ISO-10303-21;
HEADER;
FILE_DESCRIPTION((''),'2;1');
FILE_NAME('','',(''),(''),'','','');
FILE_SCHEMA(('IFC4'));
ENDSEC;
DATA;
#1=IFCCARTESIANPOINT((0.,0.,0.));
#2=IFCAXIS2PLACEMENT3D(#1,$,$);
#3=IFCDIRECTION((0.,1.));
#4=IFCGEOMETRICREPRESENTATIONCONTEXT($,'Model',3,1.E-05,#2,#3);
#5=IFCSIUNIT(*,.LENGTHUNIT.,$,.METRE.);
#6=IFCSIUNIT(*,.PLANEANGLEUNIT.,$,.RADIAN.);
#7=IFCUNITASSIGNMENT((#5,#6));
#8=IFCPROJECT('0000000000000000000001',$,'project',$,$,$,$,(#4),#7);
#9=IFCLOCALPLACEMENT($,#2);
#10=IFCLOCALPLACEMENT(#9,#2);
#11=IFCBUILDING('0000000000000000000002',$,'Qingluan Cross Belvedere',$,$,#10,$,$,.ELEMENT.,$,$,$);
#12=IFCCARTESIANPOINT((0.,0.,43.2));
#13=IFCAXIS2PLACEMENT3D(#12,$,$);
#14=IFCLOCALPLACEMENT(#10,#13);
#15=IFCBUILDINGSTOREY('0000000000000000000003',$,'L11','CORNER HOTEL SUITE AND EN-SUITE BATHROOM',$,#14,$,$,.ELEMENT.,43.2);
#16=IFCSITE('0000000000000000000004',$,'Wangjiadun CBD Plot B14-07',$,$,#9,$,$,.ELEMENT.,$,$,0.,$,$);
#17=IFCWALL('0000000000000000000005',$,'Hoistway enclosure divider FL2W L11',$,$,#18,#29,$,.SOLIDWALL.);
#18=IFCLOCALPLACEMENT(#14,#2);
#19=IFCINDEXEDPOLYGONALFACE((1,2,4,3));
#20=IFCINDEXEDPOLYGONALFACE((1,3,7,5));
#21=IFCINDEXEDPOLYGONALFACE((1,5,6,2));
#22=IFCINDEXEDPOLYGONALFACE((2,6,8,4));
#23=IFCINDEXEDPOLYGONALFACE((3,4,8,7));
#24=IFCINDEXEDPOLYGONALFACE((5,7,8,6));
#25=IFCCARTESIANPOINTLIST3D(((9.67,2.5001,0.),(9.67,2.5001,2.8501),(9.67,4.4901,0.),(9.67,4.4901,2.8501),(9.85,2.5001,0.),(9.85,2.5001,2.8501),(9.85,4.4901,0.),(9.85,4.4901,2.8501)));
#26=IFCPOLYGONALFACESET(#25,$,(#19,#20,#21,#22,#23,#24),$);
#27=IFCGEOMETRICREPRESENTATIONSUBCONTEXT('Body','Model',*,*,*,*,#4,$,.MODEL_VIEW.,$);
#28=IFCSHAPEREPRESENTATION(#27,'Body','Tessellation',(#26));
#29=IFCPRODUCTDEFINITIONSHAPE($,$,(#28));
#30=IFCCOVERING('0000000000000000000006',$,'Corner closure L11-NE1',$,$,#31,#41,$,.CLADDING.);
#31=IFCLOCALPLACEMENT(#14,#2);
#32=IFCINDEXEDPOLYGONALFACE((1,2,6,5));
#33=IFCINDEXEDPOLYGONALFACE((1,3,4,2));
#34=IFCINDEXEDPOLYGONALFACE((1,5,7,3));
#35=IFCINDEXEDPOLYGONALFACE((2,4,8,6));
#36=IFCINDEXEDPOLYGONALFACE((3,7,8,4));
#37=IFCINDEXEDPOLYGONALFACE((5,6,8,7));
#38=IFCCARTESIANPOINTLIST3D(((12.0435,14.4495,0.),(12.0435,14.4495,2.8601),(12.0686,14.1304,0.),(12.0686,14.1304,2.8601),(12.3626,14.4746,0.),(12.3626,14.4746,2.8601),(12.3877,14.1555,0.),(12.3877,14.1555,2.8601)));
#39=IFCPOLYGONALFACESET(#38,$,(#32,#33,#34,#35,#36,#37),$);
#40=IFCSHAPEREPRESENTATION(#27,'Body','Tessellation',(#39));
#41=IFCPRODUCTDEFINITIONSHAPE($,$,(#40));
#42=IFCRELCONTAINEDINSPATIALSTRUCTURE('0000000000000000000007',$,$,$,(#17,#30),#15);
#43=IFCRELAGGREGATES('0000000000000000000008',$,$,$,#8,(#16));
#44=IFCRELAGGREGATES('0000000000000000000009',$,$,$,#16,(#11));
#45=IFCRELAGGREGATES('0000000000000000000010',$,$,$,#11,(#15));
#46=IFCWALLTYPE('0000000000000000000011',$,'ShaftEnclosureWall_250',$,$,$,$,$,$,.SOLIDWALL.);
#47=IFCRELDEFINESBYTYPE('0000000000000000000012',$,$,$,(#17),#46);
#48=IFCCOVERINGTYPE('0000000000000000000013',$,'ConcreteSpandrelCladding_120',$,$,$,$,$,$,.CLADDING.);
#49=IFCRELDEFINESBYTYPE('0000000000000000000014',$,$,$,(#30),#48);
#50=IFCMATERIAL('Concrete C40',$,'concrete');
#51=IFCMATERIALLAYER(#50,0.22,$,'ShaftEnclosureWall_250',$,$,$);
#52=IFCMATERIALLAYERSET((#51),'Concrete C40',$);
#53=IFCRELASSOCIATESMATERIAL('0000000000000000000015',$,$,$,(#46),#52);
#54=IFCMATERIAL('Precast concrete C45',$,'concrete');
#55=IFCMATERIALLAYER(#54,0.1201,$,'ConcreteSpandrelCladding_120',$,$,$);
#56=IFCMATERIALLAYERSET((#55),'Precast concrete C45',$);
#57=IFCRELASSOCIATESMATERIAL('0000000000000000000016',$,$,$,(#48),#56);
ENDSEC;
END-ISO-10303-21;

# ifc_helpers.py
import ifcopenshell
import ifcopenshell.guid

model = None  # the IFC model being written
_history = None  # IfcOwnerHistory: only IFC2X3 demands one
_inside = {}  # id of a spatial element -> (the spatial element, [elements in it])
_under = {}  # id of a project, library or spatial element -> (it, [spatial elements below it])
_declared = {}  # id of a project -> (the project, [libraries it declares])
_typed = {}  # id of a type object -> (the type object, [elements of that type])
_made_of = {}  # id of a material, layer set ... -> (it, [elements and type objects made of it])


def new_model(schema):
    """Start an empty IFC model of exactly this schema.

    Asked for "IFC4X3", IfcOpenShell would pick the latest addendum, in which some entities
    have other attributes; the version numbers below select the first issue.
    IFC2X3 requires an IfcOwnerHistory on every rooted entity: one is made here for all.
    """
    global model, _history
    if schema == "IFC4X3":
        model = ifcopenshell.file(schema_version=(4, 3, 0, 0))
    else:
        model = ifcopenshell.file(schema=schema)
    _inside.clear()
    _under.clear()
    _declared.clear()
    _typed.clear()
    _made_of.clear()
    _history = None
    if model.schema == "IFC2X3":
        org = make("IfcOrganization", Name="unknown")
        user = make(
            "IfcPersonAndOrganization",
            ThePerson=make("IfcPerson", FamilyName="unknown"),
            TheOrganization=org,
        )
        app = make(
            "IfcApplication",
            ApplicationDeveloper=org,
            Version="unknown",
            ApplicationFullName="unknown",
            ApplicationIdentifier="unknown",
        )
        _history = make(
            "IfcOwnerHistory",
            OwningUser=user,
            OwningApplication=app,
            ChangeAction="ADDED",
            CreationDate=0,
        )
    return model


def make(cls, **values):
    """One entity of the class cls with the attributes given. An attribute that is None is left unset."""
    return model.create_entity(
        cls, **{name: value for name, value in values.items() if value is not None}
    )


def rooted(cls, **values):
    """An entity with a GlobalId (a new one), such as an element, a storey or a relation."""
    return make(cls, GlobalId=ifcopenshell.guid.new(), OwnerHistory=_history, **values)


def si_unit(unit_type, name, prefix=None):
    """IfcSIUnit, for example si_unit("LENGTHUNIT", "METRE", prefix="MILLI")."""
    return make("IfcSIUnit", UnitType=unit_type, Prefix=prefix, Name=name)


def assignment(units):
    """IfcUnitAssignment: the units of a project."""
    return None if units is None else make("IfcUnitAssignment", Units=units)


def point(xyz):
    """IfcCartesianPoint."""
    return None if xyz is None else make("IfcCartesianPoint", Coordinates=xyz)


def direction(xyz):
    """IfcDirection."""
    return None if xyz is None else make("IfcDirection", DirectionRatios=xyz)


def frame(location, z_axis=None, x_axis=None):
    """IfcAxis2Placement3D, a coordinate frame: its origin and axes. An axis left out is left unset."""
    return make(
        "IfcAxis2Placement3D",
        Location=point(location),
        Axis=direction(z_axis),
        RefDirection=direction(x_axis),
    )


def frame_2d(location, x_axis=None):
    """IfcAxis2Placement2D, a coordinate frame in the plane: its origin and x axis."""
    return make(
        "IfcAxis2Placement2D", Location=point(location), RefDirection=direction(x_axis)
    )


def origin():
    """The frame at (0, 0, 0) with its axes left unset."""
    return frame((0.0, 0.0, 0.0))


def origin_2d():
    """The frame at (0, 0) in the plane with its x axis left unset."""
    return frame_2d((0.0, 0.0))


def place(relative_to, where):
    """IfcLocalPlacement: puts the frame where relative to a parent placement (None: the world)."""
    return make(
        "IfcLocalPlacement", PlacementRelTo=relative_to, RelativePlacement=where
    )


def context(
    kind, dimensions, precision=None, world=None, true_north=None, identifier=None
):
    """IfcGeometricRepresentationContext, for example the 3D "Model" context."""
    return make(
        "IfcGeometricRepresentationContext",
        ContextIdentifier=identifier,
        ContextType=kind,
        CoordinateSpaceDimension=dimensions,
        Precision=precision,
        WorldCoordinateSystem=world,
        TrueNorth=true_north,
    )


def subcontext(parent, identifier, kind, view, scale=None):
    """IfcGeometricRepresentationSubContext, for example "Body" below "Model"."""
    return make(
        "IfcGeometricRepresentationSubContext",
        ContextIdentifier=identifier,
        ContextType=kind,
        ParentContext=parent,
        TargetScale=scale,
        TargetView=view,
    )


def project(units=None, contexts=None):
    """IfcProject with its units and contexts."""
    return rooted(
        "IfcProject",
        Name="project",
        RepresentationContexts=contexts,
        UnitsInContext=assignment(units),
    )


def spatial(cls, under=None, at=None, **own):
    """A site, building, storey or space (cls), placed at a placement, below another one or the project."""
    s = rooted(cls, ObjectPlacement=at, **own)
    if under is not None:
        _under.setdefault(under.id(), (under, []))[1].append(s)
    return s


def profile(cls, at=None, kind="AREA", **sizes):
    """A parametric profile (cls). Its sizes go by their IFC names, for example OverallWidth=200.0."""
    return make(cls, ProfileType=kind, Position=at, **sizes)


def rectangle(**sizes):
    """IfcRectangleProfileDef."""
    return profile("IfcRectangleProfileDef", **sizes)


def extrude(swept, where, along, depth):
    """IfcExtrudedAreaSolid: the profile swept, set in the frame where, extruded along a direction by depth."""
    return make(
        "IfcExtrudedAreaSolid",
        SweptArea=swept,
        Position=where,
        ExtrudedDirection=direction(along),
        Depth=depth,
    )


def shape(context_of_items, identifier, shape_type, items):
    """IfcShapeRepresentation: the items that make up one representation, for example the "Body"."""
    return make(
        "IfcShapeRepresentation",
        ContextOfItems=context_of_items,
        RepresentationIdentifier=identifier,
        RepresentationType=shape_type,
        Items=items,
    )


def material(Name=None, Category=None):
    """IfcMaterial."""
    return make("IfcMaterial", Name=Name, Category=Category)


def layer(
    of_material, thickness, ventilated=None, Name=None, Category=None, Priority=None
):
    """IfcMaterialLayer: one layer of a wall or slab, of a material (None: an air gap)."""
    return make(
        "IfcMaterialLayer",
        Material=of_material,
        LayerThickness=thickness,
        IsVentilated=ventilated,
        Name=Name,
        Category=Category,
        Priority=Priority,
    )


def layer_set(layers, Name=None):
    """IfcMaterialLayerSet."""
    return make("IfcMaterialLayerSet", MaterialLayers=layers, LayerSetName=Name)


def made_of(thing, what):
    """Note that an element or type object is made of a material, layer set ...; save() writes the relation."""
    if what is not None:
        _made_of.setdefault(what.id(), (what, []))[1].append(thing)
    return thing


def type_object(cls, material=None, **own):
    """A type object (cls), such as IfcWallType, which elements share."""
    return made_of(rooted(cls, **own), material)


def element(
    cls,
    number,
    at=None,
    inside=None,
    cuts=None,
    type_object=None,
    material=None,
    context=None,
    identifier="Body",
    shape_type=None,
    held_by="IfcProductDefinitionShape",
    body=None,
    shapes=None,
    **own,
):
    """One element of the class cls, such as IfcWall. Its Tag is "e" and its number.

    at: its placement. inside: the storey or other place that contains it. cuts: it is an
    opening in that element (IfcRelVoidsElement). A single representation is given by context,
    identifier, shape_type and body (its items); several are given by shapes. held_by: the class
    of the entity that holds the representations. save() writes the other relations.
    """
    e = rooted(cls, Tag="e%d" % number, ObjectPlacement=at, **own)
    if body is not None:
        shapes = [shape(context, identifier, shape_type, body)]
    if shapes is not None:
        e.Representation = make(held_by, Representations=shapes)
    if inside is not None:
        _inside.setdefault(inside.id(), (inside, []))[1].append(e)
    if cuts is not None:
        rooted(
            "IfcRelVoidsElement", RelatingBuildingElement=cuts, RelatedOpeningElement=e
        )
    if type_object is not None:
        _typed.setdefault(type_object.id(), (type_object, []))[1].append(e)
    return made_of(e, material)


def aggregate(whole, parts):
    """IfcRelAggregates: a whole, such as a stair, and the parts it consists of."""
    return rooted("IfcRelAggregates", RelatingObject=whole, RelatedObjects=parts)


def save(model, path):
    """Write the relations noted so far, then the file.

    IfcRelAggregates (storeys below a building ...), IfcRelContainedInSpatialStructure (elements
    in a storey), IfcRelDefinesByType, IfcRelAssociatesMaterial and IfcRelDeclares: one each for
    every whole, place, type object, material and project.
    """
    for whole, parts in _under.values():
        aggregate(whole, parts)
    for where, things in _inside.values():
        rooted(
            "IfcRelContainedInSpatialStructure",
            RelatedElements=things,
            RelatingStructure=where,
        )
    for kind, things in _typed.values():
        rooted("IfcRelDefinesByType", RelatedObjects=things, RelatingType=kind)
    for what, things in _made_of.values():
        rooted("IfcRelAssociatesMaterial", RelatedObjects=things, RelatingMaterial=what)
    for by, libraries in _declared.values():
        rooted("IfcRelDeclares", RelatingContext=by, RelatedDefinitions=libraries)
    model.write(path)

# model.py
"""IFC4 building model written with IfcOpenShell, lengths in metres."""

from ifc_helpers import new_model, si_unit, direction, frame, frame_2d, origin, origin_2d, place, context, subcontext, project, spatial, rectangle, extrude, material, layer, layer_set, type_object, element, save


model = new_model("IFC4")

# Units and contexts
model_context = context("Model", 3, precision=1e-05, world=origin(), true_north=direction((0.0, 1.0)))
body_context = subcontext(model_context, "Body", "Model", "MODEL_VIEW")
ifc_project = project(units=[si_unit("LENGTHUNIT", "METRE"), si_unit("PLANEANGLEUNIT", "RADIAN")], contexts=[model_context])

# Site, building, storey
site_placement = place(None, origin())
site = spatial("IfcSite", under=ifc_project, at=site_placement, Name="Wangjiadun CBD Plot B14-07", CompositionType="ELEMENT", RefElevation=0.0)
building_placement = place(site_placement, origin())
building = spatial("IfcBuilding", under=site, at=building_placement, Name="Qingluan Cross Belvedere", CompositionType="ELEMENT")
storey_placement = place(building_placement, frame((0.0, 0.0, 43.2)))
storey = spatial("IfcBuildingStorey", under=building, at=storey_placement, Name="L11", Description="CORNER HOTEL SUITE AND EN-SUITE BATHROOM", CompositionType="ELEMENT", Elevation=43.2)

# Wall
ifc_material_1 = material(Name="Concrete C40", Category="concrete")
ifc_layer_1 = layer(ifc_material_1, 0.22, Name="ShaftEnclosureWall_250")
ifc_layer_set_1 = layer_set([ifc_layer_1], Name="Concrete C40")
wall_type_1 = type_object("IfcWallType", Name="ShaftEnclosureWall_250", PredefinedType="SOLIDWALL", material=ifc_layer_set_1)
wall_1_placement = place(storey_placement, frame((9.76, 2.5, 0.0), z_axis=(0.0, 0.0, 1.0), x_axis=(0.0, 1.0, 0.0)))
element("IfcWall", 1, at=wall_1_placement, inside=storey, type_object=wall_type_1, Name="Hoistway enclosure divider FL2W L11", PredefinedType="SOLIDWALL", context=body_context, shape_type="SweptSolid", body=[
    extrude(rectangle(XDim=1.99, YDim=0.1799, at=frame_2d((0.9951, 0.0))), origin(), (0.0, 0.0, 1.0), 2.8501),
])

# Covering
ifc_material_2 = material(Name="Precast concrete C45", Category="concrete")
ifc_layer_2 = layer(ifc_material_2, 0.1201, Name="ConcreteSpandrelCladding_120")
ifc_layer_set_2 = layer_set([ifc_layer_2], Name="Precast concrete C45")
covering_type = type_object("IfcCoveringType", Name="ConcreteSpandrelCladding_120", PredefinedType="CLADDING", material=ifc_layer_set_2)
covering_placement = place(storey_placement, frame((12.2156, 14.3025, 0.0), z_axis=(0.0, 0.0, 1.0), x_axis=(0.996917, 0.078459, 0.0)))
element("IfcCovering", 2, at=covering_placement, inside=storey, type_object=covering_type, Name="Corner closure L11-NE1", PredefinedType="CLADDING", context=body_context, shape_type="SweptSolid", body=[
    extrude(rectangle(XDim=0.3201, YDim=0.3201, at=origin_2d()), origin(), (0.0, 0.0, 1.0), 2.8601),
])

save(model, "model.ifc")
